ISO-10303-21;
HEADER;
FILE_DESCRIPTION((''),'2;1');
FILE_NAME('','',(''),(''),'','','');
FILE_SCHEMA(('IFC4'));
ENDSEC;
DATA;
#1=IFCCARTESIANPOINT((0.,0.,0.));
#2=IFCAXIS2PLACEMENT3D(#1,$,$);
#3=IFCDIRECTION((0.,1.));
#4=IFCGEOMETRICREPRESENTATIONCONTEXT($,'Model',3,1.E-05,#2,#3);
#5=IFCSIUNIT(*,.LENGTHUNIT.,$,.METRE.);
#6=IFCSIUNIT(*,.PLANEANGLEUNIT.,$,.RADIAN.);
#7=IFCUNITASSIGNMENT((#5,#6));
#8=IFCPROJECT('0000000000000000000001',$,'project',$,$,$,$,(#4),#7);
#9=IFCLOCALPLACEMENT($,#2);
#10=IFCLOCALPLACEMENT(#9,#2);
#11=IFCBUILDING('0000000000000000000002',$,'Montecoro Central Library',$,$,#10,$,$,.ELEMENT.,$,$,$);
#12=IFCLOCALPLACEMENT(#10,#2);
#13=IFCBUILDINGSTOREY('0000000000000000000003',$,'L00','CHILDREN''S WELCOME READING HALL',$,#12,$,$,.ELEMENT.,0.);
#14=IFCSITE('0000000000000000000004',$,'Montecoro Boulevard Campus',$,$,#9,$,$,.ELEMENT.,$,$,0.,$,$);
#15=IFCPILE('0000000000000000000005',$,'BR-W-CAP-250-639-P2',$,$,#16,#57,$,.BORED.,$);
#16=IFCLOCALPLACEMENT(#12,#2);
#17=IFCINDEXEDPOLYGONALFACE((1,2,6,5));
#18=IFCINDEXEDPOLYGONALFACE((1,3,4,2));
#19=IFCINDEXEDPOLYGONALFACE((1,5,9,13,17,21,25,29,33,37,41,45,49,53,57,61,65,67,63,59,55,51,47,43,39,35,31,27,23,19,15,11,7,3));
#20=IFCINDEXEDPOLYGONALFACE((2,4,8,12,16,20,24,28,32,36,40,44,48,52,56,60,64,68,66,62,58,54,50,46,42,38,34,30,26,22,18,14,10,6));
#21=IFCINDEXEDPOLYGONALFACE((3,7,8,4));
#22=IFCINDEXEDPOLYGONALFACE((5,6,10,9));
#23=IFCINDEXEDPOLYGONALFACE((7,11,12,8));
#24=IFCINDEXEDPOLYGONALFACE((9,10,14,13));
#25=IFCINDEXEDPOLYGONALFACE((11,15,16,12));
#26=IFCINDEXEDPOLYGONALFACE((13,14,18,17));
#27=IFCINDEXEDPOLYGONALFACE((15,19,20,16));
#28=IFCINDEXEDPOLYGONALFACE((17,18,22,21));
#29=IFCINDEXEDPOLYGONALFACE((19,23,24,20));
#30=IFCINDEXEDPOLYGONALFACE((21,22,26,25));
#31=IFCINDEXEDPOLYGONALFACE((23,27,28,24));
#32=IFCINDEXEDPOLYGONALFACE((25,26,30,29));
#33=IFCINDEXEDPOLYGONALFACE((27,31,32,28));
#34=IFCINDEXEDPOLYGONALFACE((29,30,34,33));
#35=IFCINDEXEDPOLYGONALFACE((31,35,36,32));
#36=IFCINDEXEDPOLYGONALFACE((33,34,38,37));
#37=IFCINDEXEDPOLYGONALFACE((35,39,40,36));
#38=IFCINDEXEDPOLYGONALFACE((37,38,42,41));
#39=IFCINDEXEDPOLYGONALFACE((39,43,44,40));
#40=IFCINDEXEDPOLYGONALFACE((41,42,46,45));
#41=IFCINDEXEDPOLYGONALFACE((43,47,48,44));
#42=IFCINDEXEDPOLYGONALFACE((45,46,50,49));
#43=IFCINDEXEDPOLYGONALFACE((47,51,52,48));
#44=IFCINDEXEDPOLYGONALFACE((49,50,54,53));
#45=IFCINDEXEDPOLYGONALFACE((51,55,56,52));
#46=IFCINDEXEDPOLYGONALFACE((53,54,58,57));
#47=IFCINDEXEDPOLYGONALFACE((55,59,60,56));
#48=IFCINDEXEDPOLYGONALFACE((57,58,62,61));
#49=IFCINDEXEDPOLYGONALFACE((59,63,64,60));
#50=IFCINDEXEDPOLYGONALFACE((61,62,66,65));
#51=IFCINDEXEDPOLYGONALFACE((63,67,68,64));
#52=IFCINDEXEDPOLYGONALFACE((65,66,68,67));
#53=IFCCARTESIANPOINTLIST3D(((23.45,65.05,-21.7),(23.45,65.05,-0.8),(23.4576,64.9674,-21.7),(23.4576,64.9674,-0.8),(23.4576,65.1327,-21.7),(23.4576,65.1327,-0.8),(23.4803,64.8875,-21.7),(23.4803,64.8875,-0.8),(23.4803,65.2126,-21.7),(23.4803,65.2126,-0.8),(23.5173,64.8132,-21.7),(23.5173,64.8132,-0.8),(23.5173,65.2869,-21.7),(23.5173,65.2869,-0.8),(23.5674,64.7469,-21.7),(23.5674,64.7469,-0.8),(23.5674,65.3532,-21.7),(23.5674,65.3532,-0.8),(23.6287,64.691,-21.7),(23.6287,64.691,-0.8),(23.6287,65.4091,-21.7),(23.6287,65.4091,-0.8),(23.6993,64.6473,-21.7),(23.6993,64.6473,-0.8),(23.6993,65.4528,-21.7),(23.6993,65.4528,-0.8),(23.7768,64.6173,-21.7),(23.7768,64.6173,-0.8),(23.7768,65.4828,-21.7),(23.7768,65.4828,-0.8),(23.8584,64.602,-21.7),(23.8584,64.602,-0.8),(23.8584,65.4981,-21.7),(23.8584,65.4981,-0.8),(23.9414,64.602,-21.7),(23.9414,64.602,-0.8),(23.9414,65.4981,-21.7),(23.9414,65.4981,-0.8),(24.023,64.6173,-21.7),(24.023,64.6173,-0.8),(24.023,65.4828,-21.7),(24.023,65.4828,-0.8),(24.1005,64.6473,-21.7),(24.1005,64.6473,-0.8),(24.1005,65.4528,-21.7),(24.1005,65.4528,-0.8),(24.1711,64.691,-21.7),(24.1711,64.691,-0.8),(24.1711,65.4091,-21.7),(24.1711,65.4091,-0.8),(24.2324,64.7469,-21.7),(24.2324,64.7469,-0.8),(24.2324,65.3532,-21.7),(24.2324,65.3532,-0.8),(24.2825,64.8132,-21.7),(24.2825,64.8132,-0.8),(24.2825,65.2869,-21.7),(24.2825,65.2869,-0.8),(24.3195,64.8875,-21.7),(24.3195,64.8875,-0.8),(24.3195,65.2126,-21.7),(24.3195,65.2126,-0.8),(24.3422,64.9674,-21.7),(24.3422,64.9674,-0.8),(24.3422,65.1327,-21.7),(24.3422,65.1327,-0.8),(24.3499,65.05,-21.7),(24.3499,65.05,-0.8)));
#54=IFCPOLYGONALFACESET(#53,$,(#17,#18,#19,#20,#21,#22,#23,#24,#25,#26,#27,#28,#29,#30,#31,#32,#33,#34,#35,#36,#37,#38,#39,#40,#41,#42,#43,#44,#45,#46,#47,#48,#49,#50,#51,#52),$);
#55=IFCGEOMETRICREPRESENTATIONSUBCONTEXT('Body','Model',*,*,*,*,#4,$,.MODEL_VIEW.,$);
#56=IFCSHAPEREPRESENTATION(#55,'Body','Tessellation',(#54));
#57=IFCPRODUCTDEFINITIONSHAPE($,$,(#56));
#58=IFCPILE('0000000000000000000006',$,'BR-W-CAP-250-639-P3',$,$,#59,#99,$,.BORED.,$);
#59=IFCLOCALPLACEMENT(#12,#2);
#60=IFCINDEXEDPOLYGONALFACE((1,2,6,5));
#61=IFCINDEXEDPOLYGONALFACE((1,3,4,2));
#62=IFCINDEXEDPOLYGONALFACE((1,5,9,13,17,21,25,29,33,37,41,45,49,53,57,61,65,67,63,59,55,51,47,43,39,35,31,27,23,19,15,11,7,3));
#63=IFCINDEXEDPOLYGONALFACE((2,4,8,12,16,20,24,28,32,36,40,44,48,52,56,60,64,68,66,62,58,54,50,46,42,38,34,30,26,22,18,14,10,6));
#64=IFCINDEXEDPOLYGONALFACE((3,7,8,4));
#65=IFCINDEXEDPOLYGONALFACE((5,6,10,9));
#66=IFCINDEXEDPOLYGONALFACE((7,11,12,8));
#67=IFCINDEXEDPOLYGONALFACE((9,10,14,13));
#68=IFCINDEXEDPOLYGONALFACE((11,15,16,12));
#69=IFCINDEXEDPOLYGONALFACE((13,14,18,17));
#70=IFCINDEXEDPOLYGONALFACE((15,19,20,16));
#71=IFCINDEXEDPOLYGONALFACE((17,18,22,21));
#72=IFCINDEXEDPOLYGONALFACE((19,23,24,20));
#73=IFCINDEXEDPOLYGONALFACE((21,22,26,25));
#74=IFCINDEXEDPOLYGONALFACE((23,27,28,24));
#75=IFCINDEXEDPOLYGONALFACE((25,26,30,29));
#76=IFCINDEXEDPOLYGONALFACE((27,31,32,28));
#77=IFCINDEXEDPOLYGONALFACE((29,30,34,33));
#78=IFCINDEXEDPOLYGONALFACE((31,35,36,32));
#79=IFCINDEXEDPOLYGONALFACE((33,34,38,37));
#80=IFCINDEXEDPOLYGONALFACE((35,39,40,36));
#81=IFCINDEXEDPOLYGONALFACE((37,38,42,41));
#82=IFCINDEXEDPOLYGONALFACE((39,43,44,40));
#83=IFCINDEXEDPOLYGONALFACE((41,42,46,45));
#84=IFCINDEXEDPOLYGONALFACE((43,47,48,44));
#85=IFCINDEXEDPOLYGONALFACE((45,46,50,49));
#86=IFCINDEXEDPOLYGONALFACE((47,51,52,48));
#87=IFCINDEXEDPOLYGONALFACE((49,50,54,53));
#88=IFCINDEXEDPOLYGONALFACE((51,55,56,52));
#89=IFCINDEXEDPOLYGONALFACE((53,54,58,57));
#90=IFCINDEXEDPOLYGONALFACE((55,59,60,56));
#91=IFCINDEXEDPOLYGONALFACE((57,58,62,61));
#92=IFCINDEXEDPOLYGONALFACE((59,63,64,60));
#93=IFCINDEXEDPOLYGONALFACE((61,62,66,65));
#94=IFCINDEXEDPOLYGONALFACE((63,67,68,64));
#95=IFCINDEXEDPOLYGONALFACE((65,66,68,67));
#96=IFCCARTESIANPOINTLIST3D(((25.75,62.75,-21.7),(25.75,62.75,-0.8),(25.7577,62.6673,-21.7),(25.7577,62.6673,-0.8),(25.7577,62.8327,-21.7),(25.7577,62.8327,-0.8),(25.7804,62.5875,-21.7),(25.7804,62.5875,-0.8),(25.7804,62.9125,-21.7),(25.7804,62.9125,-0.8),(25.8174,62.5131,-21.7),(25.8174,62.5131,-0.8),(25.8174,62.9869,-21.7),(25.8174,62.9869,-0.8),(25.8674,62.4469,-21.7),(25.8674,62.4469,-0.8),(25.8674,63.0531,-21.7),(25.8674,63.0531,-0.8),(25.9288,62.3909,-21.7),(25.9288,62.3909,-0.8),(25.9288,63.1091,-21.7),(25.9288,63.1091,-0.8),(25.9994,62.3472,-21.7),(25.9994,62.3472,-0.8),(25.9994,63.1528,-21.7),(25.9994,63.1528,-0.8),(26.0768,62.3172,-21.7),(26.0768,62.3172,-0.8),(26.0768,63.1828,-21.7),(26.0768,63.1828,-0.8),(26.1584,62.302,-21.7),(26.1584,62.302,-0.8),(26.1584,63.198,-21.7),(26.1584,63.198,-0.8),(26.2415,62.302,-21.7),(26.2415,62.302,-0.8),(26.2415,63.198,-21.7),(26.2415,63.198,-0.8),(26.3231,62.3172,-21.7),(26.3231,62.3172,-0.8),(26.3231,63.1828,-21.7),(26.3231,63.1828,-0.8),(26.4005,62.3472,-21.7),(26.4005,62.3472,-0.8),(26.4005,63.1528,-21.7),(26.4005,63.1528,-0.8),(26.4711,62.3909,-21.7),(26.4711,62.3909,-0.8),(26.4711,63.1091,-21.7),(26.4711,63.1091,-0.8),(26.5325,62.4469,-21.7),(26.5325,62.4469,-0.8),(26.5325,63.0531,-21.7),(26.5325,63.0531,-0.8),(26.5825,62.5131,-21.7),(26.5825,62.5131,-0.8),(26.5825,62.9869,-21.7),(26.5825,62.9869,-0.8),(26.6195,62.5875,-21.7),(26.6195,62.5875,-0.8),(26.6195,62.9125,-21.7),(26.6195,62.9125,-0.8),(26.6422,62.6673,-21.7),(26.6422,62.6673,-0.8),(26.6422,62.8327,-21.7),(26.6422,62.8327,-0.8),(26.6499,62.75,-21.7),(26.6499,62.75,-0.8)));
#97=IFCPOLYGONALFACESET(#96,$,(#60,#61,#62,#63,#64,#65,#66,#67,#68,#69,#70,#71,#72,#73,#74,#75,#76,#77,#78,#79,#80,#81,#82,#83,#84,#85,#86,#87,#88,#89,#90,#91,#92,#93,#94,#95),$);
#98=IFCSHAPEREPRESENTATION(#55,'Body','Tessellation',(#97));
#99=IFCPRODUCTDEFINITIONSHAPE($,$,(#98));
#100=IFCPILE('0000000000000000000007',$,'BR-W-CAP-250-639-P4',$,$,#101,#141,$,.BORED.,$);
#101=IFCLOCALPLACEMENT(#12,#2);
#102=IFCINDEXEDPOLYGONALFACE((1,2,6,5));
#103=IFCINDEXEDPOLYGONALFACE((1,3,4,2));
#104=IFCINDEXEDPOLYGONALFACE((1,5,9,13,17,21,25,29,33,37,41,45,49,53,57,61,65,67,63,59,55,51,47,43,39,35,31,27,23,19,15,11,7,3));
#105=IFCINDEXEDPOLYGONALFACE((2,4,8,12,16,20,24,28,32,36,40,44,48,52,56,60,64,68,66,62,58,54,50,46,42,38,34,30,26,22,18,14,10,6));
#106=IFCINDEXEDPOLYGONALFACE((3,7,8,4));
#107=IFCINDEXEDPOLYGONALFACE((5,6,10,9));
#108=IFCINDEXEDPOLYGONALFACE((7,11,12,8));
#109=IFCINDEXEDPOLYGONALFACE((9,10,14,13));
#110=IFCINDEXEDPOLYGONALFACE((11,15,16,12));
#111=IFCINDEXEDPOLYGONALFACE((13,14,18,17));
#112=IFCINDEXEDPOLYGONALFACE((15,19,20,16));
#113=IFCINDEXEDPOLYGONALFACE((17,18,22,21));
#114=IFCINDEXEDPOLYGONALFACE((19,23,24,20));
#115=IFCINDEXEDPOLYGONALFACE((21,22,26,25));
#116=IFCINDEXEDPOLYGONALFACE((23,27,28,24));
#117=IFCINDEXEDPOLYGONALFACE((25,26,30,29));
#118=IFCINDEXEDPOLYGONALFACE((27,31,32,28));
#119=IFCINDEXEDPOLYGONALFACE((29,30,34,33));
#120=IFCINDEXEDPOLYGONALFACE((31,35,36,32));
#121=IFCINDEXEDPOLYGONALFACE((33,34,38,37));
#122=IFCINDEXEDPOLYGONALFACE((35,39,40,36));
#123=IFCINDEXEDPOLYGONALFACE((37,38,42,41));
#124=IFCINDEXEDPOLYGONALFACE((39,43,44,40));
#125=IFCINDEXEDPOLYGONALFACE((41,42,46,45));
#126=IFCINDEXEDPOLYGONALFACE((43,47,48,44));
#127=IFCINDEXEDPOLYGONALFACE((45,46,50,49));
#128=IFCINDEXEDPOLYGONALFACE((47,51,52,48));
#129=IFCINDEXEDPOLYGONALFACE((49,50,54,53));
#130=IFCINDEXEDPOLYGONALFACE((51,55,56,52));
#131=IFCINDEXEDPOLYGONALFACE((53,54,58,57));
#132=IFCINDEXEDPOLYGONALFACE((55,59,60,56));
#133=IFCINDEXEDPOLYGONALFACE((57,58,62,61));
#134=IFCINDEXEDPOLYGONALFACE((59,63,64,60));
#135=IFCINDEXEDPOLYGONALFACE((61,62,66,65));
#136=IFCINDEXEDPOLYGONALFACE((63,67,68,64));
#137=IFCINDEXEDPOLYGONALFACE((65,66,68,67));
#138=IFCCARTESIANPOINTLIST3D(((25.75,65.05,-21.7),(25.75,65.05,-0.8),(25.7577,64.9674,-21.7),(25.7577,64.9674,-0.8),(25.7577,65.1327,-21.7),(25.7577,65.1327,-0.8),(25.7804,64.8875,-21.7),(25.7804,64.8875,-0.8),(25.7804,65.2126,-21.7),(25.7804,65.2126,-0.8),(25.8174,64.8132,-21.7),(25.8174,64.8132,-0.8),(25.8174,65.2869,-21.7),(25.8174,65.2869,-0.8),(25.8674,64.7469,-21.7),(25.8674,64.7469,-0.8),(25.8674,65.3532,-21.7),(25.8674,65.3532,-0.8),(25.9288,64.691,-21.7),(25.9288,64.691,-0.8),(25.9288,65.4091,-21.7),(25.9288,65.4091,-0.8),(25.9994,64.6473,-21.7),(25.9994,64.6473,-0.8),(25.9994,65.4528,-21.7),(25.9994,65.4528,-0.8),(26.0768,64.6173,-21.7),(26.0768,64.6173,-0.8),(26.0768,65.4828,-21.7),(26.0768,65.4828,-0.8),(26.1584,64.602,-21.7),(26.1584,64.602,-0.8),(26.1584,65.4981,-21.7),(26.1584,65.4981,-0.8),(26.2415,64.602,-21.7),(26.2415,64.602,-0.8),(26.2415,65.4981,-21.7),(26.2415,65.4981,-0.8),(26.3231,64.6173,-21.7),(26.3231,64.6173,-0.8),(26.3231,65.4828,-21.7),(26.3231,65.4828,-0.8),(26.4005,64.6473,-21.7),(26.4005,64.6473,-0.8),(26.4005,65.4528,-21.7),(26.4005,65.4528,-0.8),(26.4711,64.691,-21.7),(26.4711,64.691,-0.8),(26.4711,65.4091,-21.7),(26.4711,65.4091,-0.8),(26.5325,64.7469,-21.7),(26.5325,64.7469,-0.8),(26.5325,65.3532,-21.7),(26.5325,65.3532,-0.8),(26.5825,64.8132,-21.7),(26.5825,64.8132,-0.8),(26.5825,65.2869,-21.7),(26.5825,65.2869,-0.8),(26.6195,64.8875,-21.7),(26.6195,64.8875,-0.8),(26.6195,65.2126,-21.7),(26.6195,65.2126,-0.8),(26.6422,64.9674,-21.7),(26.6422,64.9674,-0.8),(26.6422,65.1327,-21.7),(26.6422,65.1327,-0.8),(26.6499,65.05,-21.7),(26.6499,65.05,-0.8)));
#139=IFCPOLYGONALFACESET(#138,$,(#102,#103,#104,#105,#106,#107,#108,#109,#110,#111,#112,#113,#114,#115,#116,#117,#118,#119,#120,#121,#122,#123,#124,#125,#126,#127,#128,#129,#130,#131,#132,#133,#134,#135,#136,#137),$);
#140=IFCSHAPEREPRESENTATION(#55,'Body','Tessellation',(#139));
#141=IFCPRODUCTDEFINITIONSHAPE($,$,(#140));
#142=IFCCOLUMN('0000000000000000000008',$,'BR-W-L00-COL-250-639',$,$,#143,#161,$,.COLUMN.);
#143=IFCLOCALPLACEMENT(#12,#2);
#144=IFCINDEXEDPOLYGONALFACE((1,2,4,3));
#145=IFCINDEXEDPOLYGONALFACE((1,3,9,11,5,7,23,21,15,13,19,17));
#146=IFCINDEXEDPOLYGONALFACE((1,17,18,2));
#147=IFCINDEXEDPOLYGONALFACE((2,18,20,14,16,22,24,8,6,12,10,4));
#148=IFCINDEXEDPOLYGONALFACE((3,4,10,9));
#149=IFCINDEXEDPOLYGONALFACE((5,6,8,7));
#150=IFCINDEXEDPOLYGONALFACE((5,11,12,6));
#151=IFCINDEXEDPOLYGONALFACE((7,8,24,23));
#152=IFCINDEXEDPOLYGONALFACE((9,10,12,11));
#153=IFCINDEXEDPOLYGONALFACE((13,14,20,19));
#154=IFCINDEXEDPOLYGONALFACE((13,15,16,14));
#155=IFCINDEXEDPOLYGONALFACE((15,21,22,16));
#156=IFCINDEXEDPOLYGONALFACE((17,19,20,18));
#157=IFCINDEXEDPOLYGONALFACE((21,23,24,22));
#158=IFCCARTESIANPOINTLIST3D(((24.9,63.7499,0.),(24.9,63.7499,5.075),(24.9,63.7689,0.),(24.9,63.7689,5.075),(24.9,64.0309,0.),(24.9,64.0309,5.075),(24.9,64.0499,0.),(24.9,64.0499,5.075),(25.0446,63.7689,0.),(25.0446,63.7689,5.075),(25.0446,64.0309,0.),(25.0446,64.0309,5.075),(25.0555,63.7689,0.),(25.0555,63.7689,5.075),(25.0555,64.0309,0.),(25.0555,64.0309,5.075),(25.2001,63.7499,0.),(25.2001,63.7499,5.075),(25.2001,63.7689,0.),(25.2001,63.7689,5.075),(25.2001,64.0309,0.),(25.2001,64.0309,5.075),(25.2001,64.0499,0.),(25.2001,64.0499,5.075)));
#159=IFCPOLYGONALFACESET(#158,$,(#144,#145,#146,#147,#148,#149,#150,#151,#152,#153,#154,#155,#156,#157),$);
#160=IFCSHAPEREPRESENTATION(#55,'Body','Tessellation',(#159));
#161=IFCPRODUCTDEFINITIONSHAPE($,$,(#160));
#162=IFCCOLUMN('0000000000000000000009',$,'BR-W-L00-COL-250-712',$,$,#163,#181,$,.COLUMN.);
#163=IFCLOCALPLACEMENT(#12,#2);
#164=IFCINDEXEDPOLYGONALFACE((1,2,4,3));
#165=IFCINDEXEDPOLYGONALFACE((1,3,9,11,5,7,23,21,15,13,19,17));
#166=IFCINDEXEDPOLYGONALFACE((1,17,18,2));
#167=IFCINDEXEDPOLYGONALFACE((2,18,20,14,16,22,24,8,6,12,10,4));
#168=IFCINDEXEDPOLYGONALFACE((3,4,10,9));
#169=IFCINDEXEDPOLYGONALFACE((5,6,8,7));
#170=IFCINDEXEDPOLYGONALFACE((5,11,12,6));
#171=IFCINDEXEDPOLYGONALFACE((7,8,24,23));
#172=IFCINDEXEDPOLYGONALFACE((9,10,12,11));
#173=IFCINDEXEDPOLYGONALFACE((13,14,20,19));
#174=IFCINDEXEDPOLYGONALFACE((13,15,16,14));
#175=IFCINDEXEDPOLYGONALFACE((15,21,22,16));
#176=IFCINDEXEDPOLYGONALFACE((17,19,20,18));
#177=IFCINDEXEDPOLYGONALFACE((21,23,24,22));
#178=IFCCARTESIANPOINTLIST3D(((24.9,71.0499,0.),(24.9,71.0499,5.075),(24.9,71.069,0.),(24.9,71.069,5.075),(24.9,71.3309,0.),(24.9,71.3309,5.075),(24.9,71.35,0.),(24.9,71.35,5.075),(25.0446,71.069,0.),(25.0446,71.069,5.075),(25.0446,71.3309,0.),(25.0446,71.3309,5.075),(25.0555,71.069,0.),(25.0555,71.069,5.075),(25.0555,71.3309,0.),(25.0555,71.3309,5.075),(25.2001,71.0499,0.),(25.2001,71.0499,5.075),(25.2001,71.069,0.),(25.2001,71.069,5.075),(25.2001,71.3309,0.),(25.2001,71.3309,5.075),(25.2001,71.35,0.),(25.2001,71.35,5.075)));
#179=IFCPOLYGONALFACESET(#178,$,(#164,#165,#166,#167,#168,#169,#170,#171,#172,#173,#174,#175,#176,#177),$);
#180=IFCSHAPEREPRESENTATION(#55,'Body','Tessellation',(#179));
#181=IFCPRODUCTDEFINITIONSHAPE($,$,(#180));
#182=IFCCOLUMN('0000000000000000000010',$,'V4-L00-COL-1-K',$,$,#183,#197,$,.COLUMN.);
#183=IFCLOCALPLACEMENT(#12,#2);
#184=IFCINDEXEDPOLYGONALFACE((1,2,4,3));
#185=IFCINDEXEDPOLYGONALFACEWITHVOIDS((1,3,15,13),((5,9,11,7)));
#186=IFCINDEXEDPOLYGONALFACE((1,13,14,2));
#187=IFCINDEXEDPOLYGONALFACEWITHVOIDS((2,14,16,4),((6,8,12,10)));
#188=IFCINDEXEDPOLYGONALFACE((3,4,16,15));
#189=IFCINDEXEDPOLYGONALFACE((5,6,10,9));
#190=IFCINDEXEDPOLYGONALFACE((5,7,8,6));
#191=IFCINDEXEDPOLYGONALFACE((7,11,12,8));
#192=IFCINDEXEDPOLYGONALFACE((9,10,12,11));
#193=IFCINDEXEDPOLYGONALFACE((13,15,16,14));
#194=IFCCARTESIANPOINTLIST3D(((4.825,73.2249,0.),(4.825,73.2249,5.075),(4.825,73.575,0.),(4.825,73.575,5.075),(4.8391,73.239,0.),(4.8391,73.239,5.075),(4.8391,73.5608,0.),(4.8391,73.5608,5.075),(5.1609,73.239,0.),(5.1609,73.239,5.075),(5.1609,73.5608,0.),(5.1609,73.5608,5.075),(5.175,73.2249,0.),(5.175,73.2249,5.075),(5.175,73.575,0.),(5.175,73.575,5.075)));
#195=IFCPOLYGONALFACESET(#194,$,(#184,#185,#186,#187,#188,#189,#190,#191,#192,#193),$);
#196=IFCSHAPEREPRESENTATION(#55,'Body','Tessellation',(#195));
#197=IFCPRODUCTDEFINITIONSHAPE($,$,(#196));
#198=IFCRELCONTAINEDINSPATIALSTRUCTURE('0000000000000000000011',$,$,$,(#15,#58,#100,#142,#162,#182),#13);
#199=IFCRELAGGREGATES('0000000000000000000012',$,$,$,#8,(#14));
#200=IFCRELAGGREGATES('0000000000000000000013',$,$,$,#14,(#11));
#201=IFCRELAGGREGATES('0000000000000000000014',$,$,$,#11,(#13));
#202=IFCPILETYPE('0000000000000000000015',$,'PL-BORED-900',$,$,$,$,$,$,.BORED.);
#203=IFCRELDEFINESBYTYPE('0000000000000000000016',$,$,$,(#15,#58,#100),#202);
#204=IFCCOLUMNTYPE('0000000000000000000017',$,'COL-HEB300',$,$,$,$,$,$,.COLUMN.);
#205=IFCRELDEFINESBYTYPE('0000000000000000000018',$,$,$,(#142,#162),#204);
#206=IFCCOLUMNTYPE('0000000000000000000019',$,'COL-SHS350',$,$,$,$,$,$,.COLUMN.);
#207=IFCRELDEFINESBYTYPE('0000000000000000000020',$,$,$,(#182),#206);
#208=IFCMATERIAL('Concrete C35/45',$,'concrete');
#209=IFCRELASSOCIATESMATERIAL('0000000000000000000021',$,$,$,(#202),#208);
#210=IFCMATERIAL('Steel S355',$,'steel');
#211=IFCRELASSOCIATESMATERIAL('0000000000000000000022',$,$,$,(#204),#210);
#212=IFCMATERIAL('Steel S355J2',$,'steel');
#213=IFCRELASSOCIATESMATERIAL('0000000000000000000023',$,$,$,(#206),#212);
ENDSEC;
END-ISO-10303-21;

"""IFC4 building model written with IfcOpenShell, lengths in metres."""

from ifc_helpers import new_model, si_unit, direction, frame, origin, origin_2d, place, context, subcontext, project, spatial, hollow_rectangle, circle, i_section, extrude, material, material_profile, profile_set, type_object, element, save


model = new_model("IFC4")

# Units and contexts
model_context = context("Model", 3, precision=1e-05, world=origin(), true_north=direction((0.0, 1.0)))
body_context = subcontext(model_context, "Body", "Model", "MODEL_VIEW")
ifc_project = project(units=[si_unit("LENGTHUNIT", "METRE"), si_unit("PLANEANGLEUNIT", "RADIAN")], contexts=[model_context])

# Site, building, storey
site_placement = place(None, origin())
site = spatial("IfcSite", under=ifc_project, at=site_placement, Name="Montecoro Boulevard Campus", CompositionType="ELEMENT", RefElevation=0.0)
building_placement = place(site_placement, origin())
building = spatial("IfcBuilding", under=site, at=building_placement, Name="Montecoro Central Library", CompositionType="ELEMENT")
storey_placement = place(building_placement, origin())
storey = spatial("IfcBuildingStorey", under=building, at=storey_placement, Name="L00", Description="CHILDREN'S WELCOME READING HALL", CompositionType="ELEMENT", Elevation=0.0)

# Shared definitions
ifc_material_1 = material(Name="Concrete C35/45", Category="concrete")

# Piles
ifc_material_profile_1 = material_profile(ifc_material_1, circle(Radius=0.45, at=origin_2d()), Name="PILE D900")
ifc_profile_set_1 = profile_set([ifc_material_profile_1], Name="Concrete C35/45")
pile_type_1 = type_object("IfcPileType", Name="PL-BORED-900", PredefinedType="BORED", material=ifc_profile_set_1)
for number, where, z_axis, x_axis, name in (
    (1, (23.8999, 65.05, -0.8), (0.0, 0.0, -1.0), (1.0, 0.0, 0.0), "BR-W-CAP-250-639-P2"),
    (2, (26.2, 62.75, -0.8), (0.0, 0.0, -1.0), (1.0, 0.0, 0.0), "BR-W-CAP-250-639-P3"),
    (3, (26.2, 65.05, -0.8), (0.0, 0.0, -1.0), (1.0, 0.0, 0.0), "BR-W-CAP-250-639-P4"),
):
    element("IfcPile", number, at=place(storey_placement, frame(where, z_axis=z_axis, x_axis=x_axis)), inside=storey, type_object=pile_type_1, Name=name, PredefinedType="BORED", context=body_context, shape_type="SweptSolid", body=[
        extrude(circle(Radius=0.45, at=origin_2d()), origin(), (0.0, 0.0, 1.0), 20.8999),
    ])

# Columns
ifc_material_2 = material(Name="Steel S355", Category="steel")
ifc_material_profile_2 = material_profile(ifc_material_2, i_section(OverallWidth=0.3, OverallDepth=0.3, WebThickness=0.011, FlangeThickness=0.019, at=origin_2d()), Name="HEB 300")
ifc_profile_set_2 = profile_set([ifc_material_profile_2], Name="Steel S355")
column_type_1 = type_object("IfcColumnType", Name="COL-HEB300", PredefinedType="COLUMN", material=ifc_profile_set_2)
for number, where, z_axis, x_axis, name in (
    (4, (25.05, 63.8999, 0.0), (0.0, 0.0, 1.0), (1.0, 0.0, 0.0), "BR-W-L00-COL-250-639"),
    (5, (25.05, 71.2, 0.0), (0.0, 0.0, 1.0), (1.0, 0.0, 0.0), "BR-W-L00-COL-250-712"),
):
    element("IfcColumn", number, at=place(storey_placement, frame(where, z_axis=z_axis, x_axis=x_axis)), inside=storey, type_object=column_type_1, Name=name, PredefinedType="COLUMN", context=body_context, shape_type="SweptSolid", body=[
        extrude(i_section(OverallWidth=0.3, OverallDepth=0.3, WebThickness=0.011, FlangeThickness=0.019, at=origin_2d()), origin(), (0.0, 0.0, 1.0), 5.075),
    ])
ifc_material_3 = material(Name="Steel S355J2", Category="steel")
ifc_material_profile_3 = material_profile(ifc_material_3, hollow_rectangle(XDim=0.3501, YDim=0.3501, WallThickness=0.0142, at=origin_2d()), Name="SHS 350x350x14.2")
ifc_profile_set_3 = profile_set([ifc_material_profile_3], Name="Steel S355J2")
column_type_2 = type_object("IfcColumnType", Name="COL-SHS350", PredefinedType="COLUMN", material=ifc_profile_set_3)
for number, where, z_axis, x_axis, name in (
    (6, (5.0, 73.3999, 0.0), (0.0, 0.0, 1.0), (1.0, 0.0, 0.0), "V4-L00-COL-1-K"),
):
    element("IfcColumn", number, at=place(storey_placement, frame(where, z_axis=z_axis, x_axis=x_axis)), inside=storey, type_object=column_type_2, Name=name, PredefinedType="COLUMN", context=body_context, shape_type="SweptSolid", body=[
        extrude(hollow_rectangle(XDim=0.3501, YDim=0.3501, WallThickness=0.0142, at=origin_2d()), origin(), (0.0, 0.0, 1.0), 5.075),
    ])

save(model, "model.ifc")
